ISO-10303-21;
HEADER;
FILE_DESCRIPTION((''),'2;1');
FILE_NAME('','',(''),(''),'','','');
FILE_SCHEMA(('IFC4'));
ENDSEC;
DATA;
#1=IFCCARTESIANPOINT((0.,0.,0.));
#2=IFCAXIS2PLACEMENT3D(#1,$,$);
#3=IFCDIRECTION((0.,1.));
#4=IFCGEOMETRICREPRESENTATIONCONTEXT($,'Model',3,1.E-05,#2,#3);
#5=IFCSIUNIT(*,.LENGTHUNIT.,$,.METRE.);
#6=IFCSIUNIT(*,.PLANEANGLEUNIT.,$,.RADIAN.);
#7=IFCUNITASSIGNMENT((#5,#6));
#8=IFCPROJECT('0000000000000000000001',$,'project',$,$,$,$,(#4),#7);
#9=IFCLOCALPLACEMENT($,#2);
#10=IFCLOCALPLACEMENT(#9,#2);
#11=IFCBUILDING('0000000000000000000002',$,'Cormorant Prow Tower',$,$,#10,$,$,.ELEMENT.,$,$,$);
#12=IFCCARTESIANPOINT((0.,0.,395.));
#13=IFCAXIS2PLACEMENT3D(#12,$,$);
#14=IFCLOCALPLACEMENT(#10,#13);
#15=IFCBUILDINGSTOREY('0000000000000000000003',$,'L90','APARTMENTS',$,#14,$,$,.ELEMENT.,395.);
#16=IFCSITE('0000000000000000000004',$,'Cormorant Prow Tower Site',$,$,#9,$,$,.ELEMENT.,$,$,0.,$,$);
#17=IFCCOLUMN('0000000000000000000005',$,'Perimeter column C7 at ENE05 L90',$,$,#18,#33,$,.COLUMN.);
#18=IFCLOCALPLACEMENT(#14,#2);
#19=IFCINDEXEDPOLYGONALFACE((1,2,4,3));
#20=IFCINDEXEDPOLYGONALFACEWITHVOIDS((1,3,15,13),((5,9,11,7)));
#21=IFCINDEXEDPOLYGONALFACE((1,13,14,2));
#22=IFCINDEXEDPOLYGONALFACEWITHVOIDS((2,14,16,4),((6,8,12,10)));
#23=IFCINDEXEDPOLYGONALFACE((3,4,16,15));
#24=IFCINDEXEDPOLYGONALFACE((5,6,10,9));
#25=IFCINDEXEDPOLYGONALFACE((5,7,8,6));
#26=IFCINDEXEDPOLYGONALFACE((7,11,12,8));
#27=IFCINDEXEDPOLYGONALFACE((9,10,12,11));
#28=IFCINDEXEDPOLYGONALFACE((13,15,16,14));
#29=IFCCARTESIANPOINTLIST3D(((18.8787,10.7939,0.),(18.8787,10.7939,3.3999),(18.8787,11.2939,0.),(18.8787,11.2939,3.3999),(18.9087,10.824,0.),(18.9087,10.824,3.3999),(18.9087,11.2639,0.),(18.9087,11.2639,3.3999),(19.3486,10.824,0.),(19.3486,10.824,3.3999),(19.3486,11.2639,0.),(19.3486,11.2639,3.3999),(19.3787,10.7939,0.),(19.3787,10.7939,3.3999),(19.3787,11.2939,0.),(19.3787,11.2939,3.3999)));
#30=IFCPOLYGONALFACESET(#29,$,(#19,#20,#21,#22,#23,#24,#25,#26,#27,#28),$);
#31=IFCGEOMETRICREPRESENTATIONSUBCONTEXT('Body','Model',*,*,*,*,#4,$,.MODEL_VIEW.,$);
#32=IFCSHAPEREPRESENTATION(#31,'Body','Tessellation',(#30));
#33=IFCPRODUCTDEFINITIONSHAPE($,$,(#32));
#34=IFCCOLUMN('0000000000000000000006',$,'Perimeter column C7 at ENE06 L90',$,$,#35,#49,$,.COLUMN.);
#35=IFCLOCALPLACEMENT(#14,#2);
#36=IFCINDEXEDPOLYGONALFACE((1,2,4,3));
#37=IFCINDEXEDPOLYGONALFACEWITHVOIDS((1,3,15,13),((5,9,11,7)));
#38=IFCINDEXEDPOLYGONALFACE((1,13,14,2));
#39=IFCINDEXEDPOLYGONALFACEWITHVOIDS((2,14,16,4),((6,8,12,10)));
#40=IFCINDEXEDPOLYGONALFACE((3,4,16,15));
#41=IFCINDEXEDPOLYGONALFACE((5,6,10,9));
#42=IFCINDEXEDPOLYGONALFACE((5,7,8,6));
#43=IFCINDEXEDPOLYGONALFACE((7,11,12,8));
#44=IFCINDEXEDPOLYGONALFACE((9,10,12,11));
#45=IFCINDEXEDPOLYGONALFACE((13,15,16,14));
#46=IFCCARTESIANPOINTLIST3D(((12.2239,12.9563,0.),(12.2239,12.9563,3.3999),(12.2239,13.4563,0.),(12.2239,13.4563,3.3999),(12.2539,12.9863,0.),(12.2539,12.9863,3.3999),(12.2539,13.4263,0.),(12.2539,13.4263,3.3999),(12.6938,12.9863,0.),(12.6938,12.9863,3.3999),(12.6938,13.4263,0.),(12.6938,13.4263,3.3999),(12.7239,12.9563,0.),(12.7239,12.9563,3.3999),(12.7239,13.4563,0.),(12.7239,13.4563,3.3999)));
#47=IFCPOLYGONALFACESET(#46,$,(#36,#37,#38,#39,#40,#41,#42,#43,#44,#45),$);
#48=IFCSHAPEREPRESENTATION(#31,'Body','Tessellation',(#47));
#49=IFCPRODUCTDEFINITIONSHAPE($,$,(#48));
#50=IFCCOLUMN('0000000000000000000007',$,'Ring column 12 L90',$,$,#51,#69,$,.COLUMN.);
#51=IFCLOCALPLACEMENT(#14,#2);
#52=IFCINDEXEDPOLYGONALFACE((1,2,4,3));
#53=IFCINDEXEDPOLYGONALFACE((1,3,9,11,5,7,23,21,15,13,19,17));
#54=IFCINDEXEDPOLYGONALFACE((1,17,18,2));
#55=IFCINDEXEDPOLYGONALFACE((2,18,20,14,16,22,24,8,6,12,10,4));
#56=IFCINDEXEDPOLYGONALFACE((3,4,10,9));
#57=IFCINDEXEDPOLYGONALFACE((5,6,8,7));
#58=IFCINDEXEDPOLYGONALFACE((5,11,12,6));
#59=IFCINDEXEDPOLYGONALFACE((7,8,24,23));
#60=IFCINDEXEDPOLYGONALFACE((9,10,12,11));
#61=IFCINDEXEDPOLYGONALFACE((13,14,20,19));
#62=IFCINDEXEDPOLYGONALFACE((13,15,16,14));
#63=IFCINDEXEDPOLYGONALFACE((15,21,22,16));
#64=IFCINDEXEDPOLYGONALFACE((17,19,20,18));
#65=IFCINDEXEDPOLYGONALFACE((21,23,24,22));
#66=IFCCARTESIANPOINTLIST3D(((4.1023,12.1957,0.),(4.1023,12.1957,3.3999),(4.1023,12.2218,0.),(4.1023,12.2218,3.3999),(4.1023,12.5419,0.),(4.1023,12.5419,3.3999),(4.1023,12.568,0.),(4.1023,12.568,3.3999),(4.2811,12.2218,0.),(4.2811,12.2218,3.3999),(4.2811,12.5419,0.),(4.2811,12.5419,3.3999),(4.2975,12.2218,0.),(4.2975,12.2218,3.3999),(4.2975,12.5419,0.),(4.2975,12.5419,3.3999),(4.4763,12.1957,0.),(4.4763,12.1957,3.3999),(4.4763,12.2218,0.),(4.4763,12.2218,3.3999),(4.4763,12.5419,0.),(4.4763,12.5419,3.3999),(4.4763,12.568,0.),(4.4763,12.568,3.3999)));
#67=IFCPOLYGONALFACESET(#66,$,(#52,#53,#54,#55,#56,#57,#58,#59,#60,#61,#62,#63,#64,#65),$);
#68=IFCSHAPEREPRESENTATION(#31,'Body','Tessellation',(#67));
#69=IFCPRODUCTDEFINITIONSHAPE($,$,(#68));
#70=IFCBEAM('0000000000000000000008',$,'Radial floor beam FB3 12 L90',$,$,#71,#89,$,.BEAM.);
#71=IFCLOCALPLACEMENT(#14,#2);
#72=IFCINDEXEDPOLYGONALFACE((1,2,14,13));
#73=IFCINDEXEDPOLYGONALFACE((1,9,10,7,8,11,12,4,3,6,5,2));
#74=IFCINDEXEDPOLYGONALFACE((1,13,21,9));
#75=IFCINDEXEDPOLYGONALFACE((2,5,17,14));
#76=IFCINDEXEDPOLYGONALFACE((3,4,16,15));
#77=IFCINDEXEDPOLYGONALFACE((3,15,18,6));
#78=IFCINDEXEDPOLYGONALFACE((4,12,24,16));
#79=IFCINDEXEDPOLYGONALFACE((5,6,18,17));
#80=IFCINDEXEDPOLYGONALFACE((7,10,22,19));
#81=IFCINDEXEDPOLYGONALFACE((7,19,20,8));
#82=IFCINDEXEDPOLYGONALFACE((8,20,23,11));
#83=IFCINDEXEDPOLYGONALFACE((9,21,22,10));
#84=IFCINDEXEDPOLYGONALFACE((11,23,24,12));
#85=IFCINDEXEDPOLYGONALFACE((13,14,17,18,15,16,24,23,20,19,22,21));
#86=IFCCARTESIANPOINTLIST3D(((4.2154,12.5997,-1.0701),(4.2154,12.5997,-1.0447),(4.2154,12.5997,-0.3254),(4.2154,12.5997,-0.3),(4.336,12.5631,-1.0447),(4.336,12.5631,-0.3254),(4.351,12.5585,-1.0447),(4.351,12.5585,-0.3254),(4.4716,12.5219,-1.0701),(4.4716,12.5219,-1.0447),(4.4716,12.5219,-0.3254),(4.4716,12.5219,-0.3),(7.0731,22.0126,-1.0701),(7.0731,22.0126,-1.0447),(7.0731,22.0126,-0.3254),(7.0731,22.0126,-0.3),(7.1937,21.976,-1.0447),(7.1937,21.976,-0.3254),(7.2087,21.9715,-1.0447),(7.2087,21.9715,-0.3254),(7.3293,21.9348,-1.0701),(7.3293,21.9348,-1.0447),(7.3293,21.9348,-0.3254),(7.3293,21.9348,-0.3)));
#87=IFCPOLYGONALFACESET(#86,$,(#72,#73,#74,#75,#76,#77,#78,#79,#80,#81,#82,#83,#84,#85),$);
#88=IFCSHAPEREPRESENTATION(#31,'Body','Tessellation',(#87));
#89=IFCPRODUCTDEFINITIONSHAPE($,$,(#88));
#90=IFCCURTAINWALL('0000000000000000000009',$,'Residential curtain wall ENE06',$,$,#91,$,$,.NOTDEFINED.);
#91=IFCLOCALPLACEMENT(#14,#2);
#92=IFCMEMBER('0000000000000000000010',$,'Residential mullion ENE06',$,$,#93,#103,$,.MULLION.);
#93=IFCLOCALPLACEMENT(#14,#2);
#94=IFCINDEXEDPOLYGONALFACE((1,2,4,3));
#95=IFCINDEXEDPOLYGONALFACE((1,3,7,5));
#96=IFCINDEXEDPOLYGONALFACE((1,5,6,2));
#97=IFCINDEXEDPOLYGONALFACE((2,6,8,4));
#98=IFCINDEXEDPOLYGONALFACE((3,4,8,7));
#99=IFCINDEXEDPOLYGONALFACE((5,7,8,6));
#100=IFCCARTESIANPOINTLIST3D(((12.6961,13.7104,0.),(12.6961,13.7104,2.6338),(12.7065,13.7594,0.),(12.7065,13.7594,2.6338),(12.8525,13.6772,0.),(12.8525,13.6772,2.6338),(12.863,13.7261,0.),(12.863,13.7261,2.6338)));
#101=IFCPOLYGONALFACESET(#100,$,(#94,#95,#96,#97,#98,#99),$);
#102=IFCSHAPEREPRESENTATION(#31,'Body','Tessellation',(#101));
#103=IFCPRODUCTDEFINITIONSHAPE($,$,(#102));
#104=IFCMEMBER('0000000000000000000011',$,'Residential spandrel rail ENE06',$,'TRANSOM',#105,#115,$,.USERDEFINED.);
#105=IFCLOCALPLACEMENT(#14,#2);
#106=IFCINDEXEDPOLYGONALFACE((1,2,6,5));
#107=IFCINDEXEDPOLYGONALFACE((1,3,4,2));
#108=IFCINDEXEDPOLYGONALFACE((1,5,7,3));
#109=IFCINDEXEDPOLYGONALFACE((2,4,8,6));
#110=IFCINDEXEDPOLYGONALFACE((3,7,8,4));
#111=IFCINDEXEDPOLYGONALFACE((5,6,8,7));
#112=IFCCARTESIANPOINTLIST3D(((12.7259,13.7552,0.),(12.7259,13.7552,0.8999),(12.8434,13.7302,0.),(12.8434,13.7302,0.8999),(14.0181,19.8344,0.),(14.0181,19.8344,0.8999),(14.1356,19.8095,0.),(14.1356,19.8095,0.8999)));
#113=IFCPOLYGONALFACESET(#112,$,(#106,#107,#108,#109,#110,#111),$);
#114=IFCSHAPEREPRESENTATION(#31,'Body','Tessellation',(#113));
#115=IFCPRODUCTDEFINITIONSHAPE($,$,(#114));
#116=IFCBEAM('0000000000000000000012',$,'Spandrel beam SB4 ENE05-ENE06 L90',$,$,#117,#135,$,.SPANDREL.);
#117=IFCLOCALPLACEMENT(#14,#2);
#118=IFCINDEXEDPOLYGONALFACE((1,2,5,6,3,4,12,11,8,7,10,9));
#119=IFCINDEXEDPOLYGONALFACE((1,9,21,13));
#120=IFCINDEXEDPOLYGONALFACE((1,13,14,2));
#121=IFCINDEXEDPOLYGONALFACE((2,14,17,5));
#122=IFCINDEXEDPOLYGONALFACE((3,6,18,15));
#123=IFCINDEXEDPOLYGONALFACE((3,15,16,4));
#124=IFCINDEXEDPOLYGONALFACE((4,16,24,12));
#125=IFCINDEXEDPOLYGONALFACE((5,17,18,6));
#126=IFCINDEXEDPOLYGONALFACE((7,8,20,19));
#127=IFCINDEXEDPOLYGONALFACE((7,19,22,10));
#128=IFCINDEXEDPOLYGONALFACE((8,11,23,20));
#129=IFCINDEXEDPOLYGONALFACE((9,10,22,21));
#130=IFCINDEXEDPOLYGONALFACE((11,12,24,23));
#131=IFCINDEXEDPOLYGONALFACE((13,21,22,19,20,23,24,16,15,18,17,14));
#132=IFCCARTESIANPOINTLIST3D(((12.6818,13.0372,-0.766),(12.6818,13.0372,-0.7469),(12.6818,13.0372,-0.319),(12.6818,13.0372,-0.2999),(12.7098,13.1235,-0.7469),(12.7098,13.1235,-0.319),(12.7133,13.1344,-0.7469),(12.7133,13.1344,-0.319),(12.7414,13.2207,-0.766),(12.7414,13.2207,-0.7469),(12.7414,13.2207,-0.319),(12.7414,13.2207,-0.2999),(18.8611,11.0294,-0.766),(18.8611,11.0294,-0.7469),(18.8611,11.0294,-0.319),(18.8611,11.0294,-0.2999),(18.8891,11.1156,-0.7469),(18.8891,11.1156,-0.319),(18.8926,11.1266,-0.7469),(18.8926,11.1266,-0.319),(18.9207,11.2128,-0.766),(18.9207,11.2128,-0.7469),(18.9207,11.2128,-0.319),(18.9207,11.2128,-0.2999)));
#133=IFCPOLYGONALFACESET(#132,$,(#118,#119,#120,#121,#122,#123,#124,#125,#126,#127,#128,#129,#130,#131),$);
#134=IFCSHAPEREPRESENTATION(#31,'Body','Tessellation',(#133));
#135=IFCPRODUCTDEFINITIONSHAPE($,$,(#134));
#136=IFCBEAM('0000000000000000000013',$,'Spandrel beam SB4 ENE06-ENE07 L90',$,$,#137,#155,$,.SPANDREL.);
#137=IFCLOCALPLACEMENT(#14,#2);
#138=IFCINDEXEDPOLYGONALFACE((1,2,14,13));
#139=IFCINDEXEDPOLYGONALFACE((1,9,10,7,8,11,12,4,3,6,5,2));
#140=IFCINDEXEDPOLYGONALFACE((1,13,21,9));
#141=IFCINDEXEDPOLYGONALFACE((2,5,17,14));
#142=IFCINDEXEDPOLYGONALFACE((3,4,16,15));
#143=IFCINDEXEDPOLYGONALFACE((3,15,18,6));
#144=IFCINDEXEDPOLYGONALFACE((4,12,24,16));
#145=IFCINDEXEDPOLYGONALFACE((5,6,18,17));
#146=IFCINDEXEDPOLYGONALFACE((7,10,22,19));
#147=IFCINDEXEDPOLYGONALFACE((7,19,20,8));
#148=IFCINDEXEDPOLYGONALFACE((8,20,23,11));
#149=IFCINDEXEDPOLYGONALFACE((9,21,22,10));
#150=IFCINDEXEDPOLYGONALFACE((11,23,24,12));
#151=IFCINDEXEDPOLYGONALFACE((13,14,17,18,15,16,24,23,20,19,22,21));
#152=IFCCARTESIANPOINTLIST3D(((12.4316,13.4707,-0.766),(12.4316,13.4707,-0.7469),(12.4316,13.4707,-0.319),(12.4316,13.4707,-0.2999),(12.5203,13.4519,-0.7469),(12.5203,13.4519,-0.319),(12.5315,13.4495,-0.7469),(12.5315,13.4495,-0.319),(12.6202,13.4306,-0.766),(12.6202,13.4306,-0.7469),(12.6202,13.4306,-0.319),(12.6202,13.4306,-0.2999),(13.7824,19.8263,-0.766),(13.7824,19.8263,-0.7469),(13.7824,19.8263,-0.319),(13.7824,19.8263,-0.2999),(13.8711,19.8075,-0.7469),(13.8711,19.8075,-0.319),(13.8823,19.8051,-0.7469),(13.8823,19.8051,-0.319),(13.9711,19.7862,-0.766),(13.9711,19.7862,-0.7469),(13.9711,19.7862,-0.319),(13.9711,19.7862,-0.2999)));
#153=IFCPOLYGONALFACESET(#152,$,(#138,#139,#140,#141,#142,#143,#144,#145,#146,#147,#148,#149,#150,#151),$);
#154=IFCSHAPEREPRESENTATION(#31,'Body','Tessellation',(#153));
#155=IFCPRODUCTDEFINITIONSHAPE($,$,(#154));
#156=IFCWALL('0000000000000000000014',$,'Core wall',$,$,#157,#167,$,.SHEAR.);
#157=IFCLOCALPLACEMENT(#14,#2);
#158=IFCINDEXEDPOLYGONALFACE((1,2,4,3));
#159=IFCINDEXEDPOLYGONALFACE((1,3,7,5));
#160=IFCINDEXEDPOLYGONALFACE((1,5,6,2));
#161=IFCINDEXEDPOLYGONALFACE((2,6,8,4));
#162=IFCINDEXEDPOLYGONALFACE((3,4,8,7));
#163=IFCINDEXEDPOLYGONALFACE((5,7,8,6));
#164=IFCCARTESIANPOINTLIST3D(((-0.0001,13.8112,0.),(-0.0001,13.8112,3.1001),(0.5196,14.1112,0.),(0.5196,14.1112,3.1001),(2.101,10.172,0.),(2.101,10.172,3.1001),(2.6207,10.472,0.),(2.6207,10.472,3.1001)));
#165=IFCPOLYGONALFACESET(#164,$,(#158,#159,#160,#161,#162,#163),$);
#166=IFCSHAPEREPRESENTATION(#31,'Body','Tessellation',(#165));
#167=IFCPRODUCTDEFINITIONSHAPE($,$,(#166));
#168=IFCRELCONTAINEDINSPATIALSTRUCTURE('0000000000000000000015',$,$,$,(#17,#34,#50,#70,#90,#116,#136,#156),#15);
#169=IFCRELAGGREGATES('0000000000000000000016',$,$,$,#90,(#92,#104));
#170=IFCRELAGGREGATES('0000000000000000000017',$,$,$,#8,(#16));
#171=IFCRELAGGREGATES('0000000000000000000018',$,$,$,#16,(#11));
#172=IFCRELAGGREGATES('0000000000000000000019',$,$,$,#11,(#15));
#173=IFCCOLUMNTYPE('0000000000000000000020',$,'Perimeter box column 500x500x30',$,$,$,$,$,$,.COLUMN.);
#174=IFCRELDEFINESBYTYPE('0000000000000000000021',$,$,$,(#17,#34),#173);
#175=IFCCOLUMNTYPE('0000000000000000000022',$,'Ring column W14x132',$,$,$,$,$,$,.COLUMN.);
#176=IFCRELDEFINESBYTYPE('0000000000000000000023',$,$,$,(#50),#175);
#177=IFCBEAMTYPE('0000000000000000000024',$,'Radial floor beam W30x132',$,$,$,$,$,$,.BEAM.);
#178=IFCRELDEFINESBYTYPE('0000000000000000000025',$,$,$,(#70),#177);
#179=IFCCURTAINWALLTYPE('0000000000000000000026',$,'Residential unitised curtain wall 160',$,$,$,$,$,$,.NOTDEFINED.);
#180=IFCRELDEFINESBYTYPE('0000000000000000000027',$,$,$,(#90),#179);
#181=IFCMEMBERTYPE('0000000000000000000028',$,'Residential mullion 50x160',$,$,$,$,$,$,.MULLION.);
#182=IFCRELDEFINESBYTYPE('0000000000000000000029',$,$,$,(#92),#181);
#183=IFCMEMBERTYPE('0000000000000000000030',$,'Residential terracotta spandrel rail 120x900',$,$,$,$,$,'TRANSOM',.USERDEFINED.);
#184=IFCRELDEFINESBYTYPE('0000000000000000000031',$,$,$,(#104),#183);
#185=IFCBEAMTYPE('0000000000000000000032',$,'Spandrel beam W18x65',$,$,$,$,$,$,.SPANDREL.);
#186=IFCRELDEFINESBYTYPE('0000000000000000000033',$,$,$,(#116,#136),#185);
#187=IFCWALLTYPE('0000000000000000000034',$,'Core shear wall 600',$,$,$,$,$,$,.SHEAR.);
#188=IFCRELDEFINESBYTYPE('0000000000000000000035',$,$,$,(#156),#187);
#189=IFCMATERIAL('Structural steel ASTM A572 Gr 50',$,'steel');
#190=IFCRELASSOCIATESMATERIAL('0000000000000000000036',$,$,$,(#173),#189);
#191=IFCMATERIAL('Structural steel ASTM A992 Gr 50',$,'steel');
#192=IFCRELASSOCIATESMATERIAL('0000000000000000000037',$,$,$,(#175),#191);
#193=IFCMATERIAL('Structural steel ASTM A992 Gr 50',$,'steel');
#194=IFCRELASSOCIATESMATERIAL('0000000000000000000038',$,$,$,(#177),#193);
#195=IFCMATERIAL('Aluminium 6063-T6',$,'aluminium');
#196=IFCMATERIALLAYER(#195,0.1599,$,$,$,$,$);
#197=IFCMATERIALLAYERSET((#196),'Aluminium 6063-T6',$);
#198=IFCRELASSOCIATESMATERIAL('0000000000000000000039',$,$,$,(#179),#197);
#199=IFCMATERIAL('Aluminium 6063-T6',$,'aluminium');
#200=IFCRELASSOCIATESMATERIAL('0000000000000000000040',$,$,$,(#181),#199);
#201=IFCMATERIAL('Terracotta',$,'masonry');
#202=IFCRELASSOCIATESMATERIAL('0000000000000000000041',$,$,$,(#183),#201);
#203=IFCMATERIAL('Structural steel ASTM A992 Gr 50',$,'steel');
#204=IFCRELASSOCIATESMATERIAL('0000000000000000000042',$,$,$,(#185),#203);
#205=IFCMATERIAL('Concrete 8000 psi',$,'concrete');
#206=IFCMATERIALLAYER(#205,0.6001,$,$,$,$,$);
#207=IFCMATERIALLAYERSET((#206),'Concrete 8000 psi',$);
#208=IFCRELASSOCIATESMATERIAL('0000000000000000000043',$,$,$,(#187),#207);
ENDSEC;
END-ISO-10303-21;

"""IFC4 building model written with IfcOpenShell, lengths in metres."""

from ifc_helpers import new_model, si_unit, direction, frame, frame_2d, origin, origin_2d, place, context, subcontext, project, spatial, rectangle, hollow_rectangle, i_section, extrude, material, layer, layer_set, material_profile, profile_set, type_object, element, aggregate, save


model = new_model("IFC4")

# Units and contexts
model_context = context("Model", 3, precision=1e-05, world=origin(), true_north=direction((0.0, 1.0)))
body_context = subcontext(model_context, "Body", "Model", "MODEL_VIEW")
ifc_project = project(units=[si_unit("LENGTHUNIT", "METRE"), si_unit("PLANEANGLEUNIT", "RADIAN")], contexts=[model_context])

# Site, building, storey
site_placement = place(None, origin())
site = spatial("IfcSite", under=ifc_project, at=site_placement, Name="Cormorant Prow Tower Site", CompositionType="ELEMENT", RefElevation=0.0)
building_placement = place(site_placement, origin())
building = spatial("IfcBuilding", under=site, at=building_placement, Name="Cormorant Prow Tower", CompositionType="ELEMENT")
storey_placement = place(building_placement, frame((0.0, 0.0, 395.0)))
storey = spatial("IfcBuildingStorey", under=building, at=storey_placement, Name="L90", Description="APARTMENTS", CompositionType="ELEMENT", Elevation=395.0)

# Columns
ifc_material_1 = material(Name="Structural steel ASTM A572 Gr 50", Category="steel")
ifc_material_profile_1 = material_profile(ifc_material_1, hollow_rectangle(XDim=0.5, YDim=0.5, WallThickness=0.03, at=origin_2d()), Name="Box 500x500x30")
ifc_profile_set_1 = profile_set([ifc_material_profile_1], Name="Structural steel ASTM A572 Gr 50")
column_type_1 = type_object("IfcColumnType", Name="Perimeter box column 500x500x30", PredefinedType="COLUMN", material=ifc_profile_set_1)
for number, where, z_axis, x_axis, name in (
    (1, (19.1287, 11.0439, 0.0), (0.0, 0.0, 1.0), (1.0, 0.0, 0.0), "Perimeter column C7 at ENE05 L90"),
    (2, (12.4739, 13.2063, 0.0), (0.0, 0.0, 1.0), (1.0, 0.0, 0.0), "Perimeter column C7 at ENE06 L90"),
):
    element("IfcColumn", number, at=place(storey_placement, frame(where, z_axis=z_axis, x_axis=x_axis)), inside=storey, type_object=column_type_1, Name=name, PredefinedType="COLUMN", context=body_context, shape_type="SweptSolid", body=[
        extrude(hollow_rectangle(XDim=0.5, YDim=0.5, WallThickness=0.03, at=origin_2d()), origin(), (0.0, 0.0, 1.0), 3.3999),
    ])
ifc_material_2 = material(Name="Structural steel ASTM A992 Gr 50", Category="steel")
ifc_material_profile_2 = material_profile(ifc_material_2, i_section(OverallWidth=0.374, OverallDepth=0.3723, WebThickness=0.0164, FlangeThickness=0.0261, at=origin_2d()), Name="W14x132")
ifc_profile_set_2 = profile_set([ifc_material_profile_2], Name="Structural steel ASTM A992 Gr 50")
column_type_2 = type_object("IfcColumnType", Name="Ring column W14x132", PredefinedType="COLUMN", material=ifc_profile_set_2)
column_placement = place(storey_placement, frame((4.2893, 12.3818, 0.0), z_axis=(0.0, 0.0, 1.0), x_axis=(1.0, 0.0, 0.0)))
element("IfcColumn", 3, at=column_placement, inside=storey, type_object=column_type_2, Name="Ring column 12 L90", PredefinedType="COLUMN", context=body_context, shape_type="SweptSolid", body=[
    extrude(i_section(OverallWidth=0.374, OverallDepth=0.3723, WebThickness=0.0164, FlangeThickness=0.0261, at=origin_2d()), origin(), (0.0, 0.0, 1.0), 3.3999),
])

# Beam
ifc_material_3 = material(Name="Structural steel ASTM A992 Gr 50", Category="steel")
ifc_material_profile_3 = material_profile(ifc_material_3, i_section(OverallWidth=0.2678, OverallDepth=0.77, WebThickness=0.0156, FlangeThickness=0.0254, at=origin_2d()), Name="W30x132")
ifc_profile_set_3 = profile_set([ifc_material_profile_3], Name="Structural steel ASTM A992 Gr 50")
beam_type_1 = type_object("IfcBeamType", Name="Radial floor beam W30x132", PredefinedType="BEAM", material=ifc_profile_set_3)
beam_1_placement = place(storey_placement, frame((4.3435, 12.5608, -0.6851), z_axis=(0.2905, 0.956875, 0.0), x_axis=(-0.956875, 0.2905, 0.0)))
element("IfcBeam", 4, at=beam_1_placement, inside=storey, type_object=beam_type_1, Name="Radial floor beam FB3 12 L90", PredefinedType="BEAM", context=body_context, shape_type="SweptSolid", body=[
    extrude(i_section(OverallWidth=0.2678, OverallDepth=0.77, WebThickness=0.0156, FlangeThickness=0.0254, at=origin_2d()), origin(), (0.0, 0.0, 1.0), 9.8372),
])

# Curtain wall, members
ifc_material_4 = material(Name="Aluminium 6063-T6", Category="aluminium")
ifc_layer_1 = layer(ifc_material_4, 0.1599)
ifc_layer_set_1 = layer_set([ifc_layer_1], Name="Aluminium 6063-T6")
curtain_wall_type = type_object("IfcCurtainWallType", Name="Residential unitised curtain wall 160", PredefinedType="NOTDEFINED", material=ifc_layer_set_1)
curtain_wall_placement = place(storey_placement, origin())
curtain_wall = element("IfcCurtainWall", 5, at=curtain_wall_placement, inside=storey, type_object=curtain_wall_type, Name="Residential curtain wall ENE06", PredefinedType="NOTDEFINED")
ifc_material_5 = material(Name="Aluminium 6063-T6", Category="aluminium")
ifc_material_profile_4 = material_profile(ifc_material_5, rectangle(XDim=0.1599, YDim=0.05, at=origin_2d()), Name="Residential mullion 50x160")
ifc_profile_set_4 = profile_set([ifc_material_profile_4], Name="Aluminium 6063-T6")
member_type_1 = type_object("IfcMemberType", Name="Residential mullion 50x160", PredefinedType="MULLION", material=ifc_profile_set_4)
member_1_placement = place(storey_placement, frame((12.7795, 13.7183, 0.0), z_axis=(0.0, 0.0, 1.0), x_axis=(-0.978148, 0.207912, 0.0)))
member_1 = element("IfcMember", 6, at=member_1_placement, type_object=member_type_1, Name="Residential mullion ENE06", PredefinedType="MULLION", context=body_context, shape_type="SweptSolid", body=[
    extrude(rectangle(XDim=0.1599, YDim=0.05, at=origin_2d()), origin(), (0.0, 0.0, 1.0), 2.6338),
])
ifc_material_6 = material(Name="Terracotta", Category="masonry")
ifc_material_profile_5 = material_profile(ifc_material_6, rectangle(XDim=0.1201, YDim=0.8999, at=origin_2d()), Name="Residential terracotta spandrel rail 120x900")
ifc_profile_set_5 = profile_set([ifc_material_profile_5], Name="Terracotta")
member_type_2 = type_object("IfcMemberType", Name="Residential terracotta spandrel rail 120x900", ElementType="TRANSOM", PredefinedType="USERDEFINED", material=ifc_profile_set_5)
member_2_placement = place(storey_placement, frame((12.7847, 13.7427, 0.45), z_axis=(0.207917, 0.978147, 0.0), x_axis=(-0.978147, 0.207917, 0.0)))
member_2 = element("IfcMember", 7, at=member_2_placement, type_object=member_type_2, Name="Residential spandrel rail ENE06", ObjectType="TRANSOM", PredefinedType="USERDEFINED", context=body_context, shape_type="SweptSolid", body=[
    extrude(rectangle(XDim=0.1201, YDim=0.8999, at=origin_2d()), origin(), (0.0, 0.0, 1.0), 6.2151),
])
aggregate(curtain_wall, [member_1, member_2])

# Beams
ifc_material_7 = material(Name="Structural steel ASTM A992 Gr 50", Category="steel")
ifc_material_profile_6 = material_profile(ifc_material_7, i_section(OverallWidth=0.1929, OverallDepth=0.4661, WebThickness=0.0115, FlangeThickness=0.019, at=origin_2d()), Name="W18x65")
ifc_profile_set_6 = profile_set([ifc_material_profile_6], Name="Structural steel ASTM A992 Gr 50")
beam_type_2 = type_object("IfcBeamType", Name="Spandrel beam W18x65", PredefinedType="SPANDREL", material=ifc_profile_set_6)
beam_2_placement = place(storey_placement, frame((18.8909, 11.1211, -0.533), z_axis=(-0.951053, 0.309027, 0.0), x_axis=(-0.309027, -0.951053, 0.0)))
element("IfcBeam", 8, at=beam_2_placement, inside=storey, type_object=beam_type_2, Name="Spandrel beam SB4 ENE05-ENE06 L90", PredefinedType="SPANDREL", context=body_context, shape_type="SweptSolid", body=[
    extrude(i_section(OverallWidth=0.1929, OverallDepth=0.4661, WebThickness=0.0115, FlangeThickness=0.019, at=origin_2d()), origin(), (0.0, 0.0, 1.0), 6.4973),
])
beam_3_placement = place(storey_placement, frame((12.5259, 13.4507, -0.533), z_axis=(0.207902, 0.97815, 0.0), x_axis=(-0.97815, 0.207902, 0.0)))
element("IfcBeam", 9, at=beam_3_placement, inside=storey, type_object=beam_type_2, Name="Spandrel beam SB4 ENE06-ENE07 L90", PredefinedType="SPANDREL", context=body_context, shape_type="SweptSolid", body=[
    extrude(i_section(OverallWidth=0.1929, OverallDepth=0.4661, WebThickness=0.0115, FlangeThickness=0.019, at=origin_2d()), origin(), (0.0, 0.0, 1.0), 6.4976),
])

# Wall
ifc_material_8 = material(Name="Concrete 8000 psi", Category="concrete")
ifc_layer_2 = layer(ifc_material_8, 0.6001)
ifc_layer_set_2 = layer_set([ifc_layer_2], Name="Concrete 8000 psi")
wall_type_1 = type_object("IfcWallType", Name="Core shear wall 600", PredefinedType="SHEAR", material=ifc_layer_set_2)
wall_1_placement = place(storey_placement, frame((2.3608, 10.322, 0.0), z_axis=(0.0, 0.0, 1.0), x_axis=(-0.500001, 0.866025, 0.0)))
element("IfcWall", 10, at=wall_1_placement, inside=storey, type_object=wall_type_1, Name="Core wall", PredefinedType="SHEAR", context=body_context, shape_type="SweptSolid", body=[
    extrude(rectangle(XDim=4.2021, YDim=0.6001, at=frame_2d((2.1011, 0.0))), origin(), (0.0, 0.0, 1.0), 3.1001),
])

save(model, "model.ifc")
